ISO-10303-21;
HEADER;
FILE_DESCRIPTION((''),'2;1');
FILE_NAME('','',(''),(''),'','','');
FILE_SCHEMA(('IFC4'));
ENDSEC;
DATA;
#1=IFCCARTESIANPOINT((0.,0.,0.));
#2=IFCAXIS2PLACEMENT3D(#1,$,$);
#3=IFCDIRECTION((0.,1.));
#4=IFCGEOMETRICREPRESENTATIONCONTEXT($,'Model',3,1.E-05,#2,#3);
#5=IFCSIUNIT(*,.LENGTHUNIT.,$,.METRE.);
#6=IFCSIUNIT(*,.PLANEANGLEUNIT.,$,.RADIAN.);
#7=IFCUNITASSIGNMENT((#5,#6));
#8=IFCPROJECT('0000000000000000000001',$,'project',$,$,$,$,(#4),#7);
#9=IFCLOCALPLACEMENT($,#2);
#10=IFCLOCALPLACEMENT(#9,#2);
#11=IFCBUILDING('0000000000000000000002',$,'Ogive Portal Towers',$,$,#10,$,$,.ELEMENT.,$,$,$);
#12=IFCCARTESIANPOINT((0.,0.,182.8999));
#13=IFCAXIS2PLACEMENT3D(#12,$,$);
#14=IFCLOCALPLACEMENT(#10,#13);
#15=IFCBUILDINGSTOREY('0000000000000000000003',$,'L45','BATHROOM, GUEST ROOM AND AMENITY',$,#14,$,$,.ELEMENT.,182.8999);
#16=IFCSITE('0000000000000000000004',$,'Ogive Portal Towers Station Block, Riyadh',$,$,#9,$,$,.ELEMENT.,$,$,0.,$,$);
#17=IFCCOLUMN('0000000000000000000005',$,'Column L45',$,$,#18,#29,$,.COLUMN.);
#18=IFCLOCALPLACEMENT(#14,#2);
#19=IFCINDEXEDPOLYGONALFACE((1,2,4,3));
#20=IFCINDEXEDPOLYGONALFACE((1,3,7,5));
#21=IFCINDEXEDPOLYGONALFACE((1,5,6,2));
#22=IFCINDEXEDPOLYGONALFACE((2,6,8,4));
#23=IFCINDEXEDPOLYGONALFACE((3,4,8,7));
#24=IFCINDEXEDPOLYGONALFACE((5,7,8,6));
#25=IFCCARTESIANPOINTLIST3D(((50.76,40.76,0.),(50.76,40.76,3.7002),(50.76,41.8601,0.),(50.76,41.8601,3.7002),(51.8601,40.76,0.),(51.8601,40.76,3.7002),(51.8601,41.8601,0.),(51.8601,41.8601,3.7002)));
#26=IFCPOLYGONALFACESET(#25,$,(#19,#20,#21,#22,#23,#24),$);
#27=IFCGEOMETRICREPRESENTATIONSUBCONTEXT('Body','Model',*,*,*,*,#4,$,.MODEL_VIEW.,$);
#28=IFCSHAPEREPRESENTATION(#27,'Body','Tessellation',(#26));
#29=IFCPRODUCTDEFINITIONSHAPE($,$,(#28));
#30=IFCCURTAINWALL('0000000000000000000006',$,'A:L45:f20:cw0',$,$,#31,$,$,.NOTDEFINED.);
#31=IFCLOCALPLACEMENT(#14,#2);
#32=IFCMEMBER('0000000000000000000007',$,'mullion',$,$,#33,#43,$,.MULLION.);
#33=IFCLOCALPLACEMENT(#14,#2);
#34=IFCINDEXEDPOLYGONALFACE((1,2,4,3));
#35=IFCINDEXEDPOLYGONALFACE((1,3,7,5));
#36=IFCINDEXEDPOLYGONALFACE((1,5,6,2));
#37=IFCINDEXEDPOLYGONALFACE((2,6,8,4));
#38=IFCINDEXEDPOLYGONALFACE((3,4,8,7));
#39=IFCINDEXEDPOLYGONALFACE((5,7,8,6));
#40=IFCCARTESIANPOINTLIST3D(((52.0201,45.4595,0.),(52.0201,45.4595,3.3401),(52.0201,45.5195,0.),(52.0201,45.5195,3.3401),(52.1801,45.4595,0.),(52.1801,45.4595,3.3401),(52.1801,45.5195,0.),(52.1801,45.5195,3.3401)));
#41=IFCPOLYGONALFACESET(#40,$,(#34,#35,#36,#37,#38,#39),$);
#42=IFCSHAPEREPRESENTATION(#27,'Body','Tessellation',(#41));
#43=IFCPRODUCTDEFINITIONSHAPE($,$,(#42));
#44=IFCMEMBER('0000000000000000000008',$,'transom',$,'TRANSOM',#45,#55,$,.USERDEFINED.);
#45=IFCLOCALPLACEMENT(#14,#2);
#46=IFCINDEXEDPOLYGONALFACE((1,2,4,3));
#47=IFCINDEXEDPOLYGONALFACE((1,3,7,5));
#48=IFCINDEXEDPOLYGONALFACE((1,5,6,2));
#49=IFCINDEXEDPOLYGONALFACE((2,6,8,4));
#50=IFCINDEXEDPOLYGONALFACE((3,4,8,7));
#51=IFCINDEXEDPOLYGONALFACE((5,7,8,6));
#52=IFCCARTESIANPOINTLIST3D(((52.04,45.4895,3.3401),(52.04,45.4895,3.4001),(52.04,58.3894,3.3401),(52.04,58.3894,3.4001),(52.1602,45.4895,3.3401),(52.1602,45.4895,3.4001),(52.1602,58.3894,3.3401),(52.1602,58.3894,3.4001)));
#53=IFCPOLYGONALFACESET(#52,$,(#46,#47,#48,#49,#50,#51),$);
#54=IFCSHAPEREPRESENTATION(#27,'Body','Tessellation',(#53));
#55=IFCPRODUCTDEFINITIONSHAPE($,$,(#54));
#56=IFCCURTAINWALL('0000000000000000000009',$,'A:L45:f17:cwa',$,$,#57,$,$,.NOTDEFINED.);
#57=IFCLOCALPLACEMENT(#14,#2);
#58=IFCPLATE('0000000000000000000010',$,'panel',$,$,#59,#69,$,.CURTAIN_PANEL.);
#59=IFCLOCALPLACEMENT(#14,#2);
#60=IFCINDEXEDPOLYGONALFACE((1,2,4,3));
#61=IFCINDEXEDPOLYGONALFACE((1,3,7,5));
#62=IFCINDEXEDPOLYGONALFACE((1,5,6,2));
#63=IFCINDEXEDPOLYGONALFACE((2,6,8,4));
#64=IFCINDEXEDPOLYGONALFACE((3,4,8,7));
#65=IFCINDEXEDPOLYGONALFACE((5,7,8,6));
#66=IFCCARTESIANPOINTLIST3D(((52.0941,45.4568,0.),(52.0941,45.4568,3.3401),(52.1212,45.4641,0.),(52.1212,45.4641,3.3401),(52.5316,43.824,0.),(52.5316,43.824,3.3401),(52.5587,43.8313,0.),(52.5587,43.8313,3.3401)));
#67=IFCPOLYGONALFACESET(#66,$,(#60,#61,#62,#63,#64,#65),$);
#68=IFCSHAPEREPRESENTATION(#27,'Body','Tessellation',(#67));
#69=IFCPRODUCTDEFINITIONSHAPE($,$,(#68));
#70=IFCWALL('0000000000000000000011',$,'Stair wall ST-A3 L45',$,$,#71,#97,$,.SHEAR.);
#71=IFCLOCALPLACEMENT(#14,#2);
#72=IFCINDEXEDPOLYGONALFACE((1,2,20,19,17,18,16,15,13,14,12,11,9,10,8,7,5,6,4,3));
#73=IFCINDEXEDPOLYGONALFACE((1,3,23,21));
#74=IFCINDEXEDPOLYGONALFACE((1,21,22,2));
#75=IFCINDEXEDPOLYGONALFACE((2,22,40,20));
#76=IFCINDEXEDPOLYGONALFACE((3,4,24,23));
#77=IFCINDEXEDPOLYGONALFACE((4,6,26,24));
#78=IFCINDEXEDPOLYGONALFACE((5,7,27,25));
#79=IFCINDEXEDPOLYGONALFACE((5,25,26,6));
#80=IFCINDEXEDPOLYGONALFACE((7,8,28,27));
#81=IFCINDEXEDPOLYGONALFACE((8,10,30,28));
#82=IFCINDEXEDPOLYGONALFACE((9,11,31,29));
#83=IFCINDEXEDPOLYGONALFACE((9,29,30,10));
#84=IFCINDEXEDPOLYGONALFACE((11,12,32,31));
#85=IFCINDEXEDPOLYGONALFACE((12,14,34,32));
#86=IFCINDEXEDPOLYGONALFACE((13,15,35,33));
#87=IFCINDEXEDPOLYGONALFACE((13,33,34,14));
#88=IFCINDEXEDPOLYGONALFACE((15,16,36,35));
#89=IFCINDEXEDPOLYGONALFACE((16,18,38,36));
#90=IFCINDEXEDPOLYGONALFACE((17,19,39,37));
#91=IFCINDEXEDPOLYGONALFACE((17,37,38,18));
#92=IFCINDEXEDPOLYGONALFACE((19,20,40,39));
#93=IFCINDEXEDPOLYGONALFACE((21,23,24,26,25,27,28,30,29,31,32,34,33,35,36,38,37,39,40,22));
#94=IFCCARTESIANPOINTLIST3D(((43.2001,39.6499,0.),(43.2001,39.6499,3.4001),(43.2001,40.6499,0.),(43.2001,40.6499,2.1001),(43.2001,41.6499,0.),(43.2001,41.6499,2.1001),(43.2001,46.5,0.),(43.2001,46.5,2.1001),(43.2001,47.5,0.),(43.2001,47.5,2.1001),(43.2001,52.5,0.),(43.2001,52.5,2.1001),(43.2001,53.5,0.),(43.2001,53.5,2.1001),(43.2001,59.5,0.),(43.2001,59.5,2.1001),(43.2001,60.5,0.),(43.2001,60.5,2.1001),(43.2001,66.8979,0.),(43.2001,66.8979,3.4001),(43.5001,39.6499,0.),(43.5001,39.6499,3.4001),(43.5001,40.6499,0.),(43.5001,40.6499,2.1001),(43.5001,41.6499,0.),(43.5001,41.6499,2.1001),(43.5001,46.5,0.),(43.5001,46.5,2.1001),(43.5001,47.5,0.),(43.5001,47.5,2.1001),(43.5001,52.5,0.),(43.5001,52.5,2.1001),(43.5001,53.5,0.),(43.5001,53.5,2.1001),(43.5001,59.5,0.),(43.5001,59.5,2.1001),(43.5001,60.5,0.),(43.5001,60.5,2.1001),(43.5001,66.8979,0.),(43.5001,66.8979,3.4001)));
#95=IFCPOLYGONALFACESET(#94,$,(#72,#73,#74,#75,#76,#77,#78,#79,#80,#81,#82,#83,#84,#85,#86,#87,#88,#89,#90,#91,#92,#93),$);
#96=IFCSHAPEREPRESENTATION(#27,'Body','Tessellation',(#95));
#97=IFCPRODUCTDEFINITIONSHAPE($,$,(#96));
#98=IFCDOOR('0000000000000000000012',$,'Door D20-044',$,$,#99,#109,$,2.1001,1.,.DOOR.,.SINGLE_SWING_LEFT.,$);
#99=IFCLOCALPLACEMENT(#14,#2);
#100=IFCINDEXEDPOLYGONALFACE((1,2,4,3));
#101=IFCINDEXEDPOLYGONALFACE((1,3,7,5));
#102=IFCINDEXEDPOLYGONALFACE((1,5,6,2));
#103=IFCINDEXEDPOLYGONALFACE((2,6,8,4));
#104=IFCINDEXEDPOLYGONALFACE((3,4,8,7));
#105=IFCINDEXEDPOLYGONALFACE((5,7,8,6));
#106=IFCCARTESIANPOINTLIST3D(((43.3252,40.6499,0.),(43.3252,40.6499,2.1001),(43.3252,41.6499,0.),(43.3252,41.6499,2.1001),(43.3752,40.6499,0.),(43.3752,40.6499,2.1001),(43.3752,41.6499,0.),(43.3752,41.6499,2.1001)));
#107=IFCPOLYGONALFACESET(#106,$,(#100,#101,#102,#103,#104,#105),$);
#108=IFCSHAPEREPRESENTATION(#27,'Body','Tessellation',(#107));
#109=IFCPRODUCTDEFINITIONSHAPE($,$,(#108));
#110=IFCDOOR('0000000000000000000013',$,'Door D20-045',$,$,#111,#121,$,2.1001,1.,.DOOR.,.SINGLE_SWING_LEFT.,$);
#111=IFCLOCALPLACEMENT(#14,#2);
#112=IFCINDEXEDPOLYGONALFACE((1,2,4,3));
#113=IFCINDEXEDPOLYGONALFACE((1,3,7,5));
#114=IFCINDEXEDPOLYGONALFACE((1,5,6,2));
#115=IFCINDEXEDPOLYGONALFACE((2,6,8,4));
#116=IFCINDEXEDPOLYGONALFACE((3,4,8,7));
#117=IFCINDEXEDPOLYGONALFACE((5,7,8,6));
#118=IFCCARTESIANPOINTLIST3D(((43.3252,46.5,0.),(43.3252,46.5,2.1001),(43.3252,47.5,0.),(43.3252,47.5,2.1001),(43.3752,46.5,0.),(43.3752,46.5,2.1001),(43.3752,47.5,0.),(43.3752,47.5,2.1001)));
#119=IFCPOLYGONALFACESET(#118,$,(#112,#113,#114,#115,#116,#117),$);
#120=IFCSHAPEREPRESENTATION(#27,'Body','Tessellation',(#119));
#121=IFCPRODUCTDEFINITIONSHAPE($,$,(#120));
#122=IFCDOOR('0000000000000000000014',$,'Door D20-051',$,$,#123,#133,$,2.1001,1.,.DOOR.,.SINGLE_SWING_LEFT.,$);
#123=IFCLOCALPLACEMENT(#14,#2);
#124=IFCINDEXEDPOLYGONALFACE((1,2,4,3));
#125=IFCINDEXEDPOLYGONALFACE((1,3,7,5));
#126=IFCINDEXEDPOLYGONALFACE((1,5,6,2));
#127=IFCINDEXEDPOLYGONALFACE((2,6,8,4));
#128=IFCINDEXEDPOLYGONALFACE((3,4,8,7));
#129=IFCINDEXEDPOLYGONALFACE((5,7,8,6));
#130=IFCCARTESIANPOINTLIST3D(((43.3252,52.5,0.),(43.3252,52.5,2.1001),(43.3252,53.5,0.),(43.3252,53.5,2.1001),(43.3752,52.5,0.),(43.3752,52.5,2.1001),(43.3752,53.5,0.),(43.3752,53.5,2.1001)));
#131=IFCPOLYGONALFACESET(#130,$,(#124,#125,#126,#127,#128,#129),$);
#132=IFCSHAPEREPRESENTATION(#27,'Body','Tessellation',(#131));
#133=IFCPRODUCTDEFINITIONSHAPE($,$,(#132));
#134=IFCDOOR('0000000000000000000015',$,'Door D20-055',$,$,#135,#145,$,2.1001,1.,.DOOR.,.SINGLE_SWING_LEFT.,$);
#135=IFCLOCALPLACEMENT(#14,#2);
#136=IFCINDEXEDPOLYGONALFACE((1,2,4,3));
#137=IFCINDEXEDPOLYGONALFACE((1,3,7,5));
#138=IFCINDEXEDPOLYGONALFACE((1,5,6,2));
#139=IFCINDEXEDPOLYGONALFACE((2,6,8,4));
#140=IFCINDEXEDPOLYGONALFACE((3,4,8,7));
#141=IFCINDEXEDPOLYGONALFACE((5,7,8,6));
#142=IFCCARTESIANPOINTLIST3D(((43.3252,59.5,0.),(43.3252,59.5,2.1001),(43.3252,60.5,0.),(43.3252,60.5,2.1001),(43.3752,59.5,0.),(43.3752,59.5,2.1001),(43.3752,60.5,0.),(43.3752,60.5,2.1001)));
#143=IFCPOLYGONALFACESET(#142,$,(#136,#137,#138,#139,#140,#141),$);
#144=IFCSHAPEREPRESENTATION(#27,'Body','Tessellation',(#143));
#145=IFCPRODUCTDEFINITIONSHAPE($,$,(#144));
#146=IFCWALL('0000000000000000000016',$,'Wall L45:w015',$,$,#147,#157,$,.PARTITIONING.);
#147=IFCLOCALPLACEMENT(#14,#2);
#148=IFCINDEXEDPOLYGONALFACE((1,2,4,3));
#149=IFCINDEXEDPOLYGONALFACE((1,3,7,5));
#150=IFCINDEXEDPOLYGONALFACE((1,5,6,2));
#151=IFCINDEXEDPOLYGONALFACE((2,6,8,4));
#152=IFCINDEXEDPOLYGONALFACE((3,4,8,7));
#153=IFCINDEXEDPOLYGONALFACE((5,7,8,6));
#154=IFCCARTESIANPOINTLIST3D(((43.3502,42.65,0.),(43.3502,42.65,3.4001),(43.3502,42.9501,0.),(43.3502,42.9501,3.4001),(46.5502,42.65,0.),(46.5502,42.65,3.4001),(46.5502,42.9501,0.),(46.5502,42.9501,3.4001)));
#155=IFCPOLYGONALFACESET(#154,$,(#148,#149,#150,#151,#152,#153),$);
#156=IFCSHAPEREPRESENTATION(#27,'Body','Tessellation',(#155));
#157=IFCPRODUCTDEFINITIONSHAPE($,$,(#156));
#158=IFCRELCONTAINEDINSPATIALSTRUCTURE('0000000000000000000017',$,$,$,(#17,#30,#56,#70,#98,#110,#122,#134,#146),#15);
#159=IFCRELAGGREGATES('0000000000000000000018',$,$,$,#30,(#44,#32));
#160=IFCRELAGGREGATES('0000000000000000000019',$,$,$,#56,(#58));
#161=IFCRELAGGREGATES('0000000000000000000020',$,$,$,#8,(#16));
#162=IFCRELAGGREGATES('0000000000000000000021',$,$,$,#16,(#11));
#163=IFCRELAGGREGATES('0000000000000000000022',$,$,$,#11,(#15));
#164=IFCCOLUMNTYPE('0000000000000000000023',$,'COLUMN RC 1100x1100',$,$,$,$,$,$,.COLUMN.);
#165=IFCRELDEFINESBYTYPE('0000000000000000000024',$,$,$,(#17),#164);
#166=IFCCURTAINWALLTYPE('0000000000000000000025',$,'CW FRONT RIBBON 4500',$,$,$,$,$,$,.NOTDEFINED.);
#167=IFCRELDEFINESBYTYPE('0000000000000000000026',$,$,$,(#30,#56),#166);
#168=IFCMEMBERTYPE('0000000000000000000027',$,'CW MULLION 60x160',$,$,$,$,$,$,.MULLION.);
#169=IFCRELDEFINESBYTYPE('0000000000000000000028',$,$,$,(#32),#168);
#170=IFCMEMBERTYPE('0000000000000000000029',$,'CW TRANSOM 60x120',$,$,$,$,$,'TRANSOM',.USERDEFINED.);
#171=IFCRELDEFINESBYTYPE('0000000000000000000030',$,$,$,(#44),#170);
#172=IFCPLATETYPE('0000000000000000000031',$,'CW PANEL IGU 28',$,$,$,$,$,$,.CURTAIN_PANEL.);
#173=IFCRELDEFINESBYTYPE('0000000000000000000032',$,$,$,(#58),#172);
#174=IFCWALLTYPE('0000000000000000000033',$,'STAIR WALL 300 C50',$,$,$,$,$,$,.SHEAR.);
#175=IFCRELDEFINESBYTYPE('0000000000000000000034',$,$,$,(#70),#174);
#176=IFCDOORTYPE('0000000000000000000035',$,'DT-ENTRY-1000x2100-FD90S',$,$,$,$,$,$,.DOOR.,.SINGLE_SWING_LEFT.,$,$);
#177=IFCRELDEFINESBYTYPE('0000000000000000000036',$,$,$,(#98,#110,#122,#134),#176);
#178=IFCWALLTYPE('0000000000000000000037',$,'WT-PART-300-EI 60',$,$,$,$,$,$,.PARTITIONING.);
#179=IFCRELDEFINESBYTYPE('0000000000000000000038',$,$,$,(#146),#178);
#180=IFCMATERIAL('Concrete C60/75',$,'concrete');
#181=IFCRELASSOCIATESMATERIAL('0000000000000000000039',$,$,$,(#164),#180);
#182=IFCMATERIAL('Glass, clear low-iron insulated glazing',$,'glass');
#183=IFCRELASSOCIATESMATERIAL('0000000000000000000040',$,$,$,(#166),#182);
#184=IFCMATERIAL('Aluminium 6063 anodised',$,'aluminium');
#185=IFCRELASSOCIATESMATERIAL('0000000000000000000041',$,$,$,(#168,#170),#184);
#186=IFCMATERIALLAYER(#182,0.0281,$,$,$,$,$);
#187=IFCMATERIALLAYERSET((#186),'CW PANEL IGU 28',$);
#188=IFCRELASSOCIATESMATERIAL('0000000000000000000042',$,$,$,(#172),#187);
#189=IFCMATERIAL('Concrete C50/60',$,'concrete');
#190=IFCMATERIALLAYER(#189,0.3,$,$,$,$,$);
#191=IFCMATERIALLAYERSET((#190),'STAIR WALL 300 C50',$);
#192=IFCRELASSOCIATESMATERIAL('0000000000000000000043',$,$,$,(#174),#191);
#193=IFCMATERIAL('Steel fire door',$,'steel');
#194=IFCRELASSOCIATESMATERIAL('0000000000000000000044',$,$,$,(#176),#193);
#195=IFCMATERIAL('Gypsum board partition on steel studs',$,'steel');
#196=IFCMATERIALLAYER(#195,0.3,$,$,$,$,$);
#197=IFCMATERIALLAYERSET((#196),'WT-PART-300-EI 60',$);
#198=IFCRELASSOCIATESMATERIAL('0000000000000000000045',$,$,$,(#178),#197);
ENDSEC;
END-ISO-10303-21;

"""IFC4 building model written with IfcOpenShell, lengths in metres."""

from ifc_helpers import new_model, si_unit, direction, frame, frame_2d, origin, origin_2d, place, context, subcontext, project, spatial, rectangle, extrude, material, layer, layer_set, material_profile, profile_set, type_object, element, fill, aggregate, save


model = new_model("IFC4")

# Units and contexts
model_context = context("Model", 3, precision=1e-05, world=origin(), true_north=direction((0.0, 1.0)))
body_context = subcontext(model_context, "Body", "Model", "MODEL_VIEW")
ifc_project = project(units=[si_unit("LENGTHUNIT", "METRE"), si_unit("PLANEANGLEUNIT", "RADIAN")], contexts=[model_context])

# Site, building, storey
site_placement = place(None, origin())
site = spatial("IfcSite", under=ifc_project, at=site_placement, Name="Ogive Portal Towers Station Block, Riyadh", CompositionType="ELEMENT", RefElevation=0.0)
building_placement = place(site_placement, origin())
building = spatial("IfcBuilding", under=site, at=building_placement, Name="Ogive Portal Towers", CompositionType="ELEMENT")
storey_placement = place(building_placement, frame((0.0, 0.0, 182.8999)))
storey = spatial("IfcBuildingStorey", under=building, at=storey_placement, Name="L45", Description="BATHROOM, GUEST ROOM AND AMENITY", CompositionType="ELEMENT", Elevation=182.8999)

# Column
ifc_material_1 = material(Name="Concrete C60/75", Category="concrete")
ifc_material_profile_1 = material_profile(ifc_material_1, rectangle(XDim=1.1001, YDim=1.1001, at=origin_2d()), Name="RC 1100x1100")
ifc_profile_set_1 = profile_set([ifc_material_profile_1], Name="Concrete C60/75")
column_type = type_object("IfcColumnType", Name="COLUMN RC 1100x1100", PredefinedType="COLUMN", material=ifc_profile_set_1)
column_placement = place(storey_placement, frame((51.3101, 41.3101, 0.0), z_axis=(0.0, 0.0, 1.0), x_axis=(1.0, 0.0, 0.0)))
element("IfcColumn", 1, at=column_placement, inside=storey, type_object=column_type, Name="Column L45", PredefinedType="COLUMN", context=body_context, shape_type="SweptSolid", body=[
    extrude(rectangle(XDim=1.1001, YDim=1.1001, at=origin_2d()), origin(), (0.0, 0.0, 1.0), 3.7002),
])

# Curtain wall, members
ifc_material_2 = material(Name="Glass, clear low-iron insulated glazing", Category="glass")
curtain_wall_type = type_object("IfcCurtainWallType", Name="CW FRONT RIBBON 4500", PredefinedType="NOTDEFINED", material=ifc_material_2)
curtain_wall_1_placement = place(storey_placement, origin())
curtain_wall_1 = element("IfcCurtainWall", 2, at=curtain_wall_1_placement, inside=storey, type_object=curtain_wall_type, Name="A:L45:f20:cw0", PredefinedType="NOTDEFINED")
ifc_material_3 = material(Name="Aluminium 6063 anodised", Category="aluminium")
ifc_material_profile_2 = material_profile(ifc_material_3, rectangle(XDim=0.1599, YDim=0.0601, at=origin_2d()), Name="AL 60x160")
ifc_profile_set_2 = profile_set([ifc_material_profile_2], Name="Aluminium 6063 anodised")
member_type_1 = type_object("IfcMemberType", Name="CW MULLION 60x160", PredefinedType="MULLION", material=ifc_profile_set_2)
member_1_placement = place(storey_placement, frame((52.1001, 45.4895, 0.0), z_axis=(0.0, 0.0, 1.0), x_axis=(-1.0, 0.0, 0.0)))
member_1 = element("IfcMember", 3, at=member_1_placement, type_object=member_type_1, Name="mullion", PredefinedType="MULLION", context=body_context, shape_type="SweptSolid", body=[
    extrude(rectangle(XDim=0.1599, YDim=0.0601, at=origin_2d()), origin(), (0.0, 0.0, 1.0), 3.3401),
])
ifc_material_profile_3 = material_profile(ifc_material_3, rectangle(XDim=0.1201, YDim=0.0601, at=origin_2d()), Name="AL 120x60")
ifc_profile_set_3 = profile_set([ifc_material_profile_3], Name="Aluminium 6063 anodised")
member_type_2 = type_object("IfcMemberType", Name="CW TRANSOM 60x120", ElementType="TRANSOM", PredefinedType="USERDEFINED", material=ifc_profile_set_3)
member_2_placement = place(storey_placement, frame((52.1001, 45.4895, 3.3701), z_axis=(0.0, 1.0, 0.0), x_axis=(-1.0, 0.0, 0.0)))
member_2 = element("IfcMember", 4, at=member_2_placement, type_object=member_type_2, Name="transom", ObjectType="TRANSOM", PredefinedType="USERDEFINED", context=body_context, shape_type="SweptSolid", body=[
    extrude(rectangle(XDim=0.1201, YDim=0.0601, at=origin_2d()), origin(), (0.0, 0.0, 1.0), 12.8999),
])
aggregate(curtain_wall_1, [member_2, member_1])

# Curtain wall, plate
curtain_wall_2_placement = place(storey_placement, origin())
curtain_wall_2 = element("IfcCurtainWall", 5, at=curtain_wall_2_placement, inside=storey, type_object=curtain_wall_type, Name="A:L45:f17:cwa", PredefinedType="NOTDEFINED")
ifc_layer_1 = layer(ifc_material_2, 0.0281)
ifc_layer_set_1 = layer_set([ifc_layer_1], Name="CW PANEL IGU 28")
plate_type = type_object("IfcPlateType", Name="CW PANEL IGU 28", PredefinedType="CURTAIN_PANEL", material=ifc_layer_set_1)
plate_placement = place(storey_placement, frame((52.3264, 44.644, 0.0), z_axis=(0.0, 0.0, 1.0), x_axis=(-0.258819, 0.965926, 0.0)))
plate = element("IfcPlate", 6, at=plate_placement, type_object=plate_type, Name="panel", PredefinedType="CURTAIN_PANEL", context=body_context, shape_type="SweptSolid", body=[
    extrude(rectangle(XDim=1.6904, YDim=0.0281, at=origin_2d()), origin(), (0.0, 0.0, 1.0), 3.3401),
])
aggregate(curtain_wall_2, [plate])

# Wall, openings, doors
ifc_material_4 = material(Name="Steel fire door", Category="steel")
ifc_material_5 = material(Name="Concrete C50/60", Category="concrete")
ifc_layer_2 = layer(ifc_material_5, 0.3)
ifc_layer_set_2 = layer_set([ifc_layer_2], Name="STAIR WALL 300 C50")
wall_type_1 = type_object("IfcWallType", Name="STAIR WALL 300 C50", PredefinedType="SHEAR", material=ifc_layer_set_2)
wall_1_placement = place(storey_placement, frame((43.3501, 39.6499, 0.0), z_axis=(0.0, 0.0, 1.0), x_axis=(0.0, 1.0, 0.0)))
wall_1 = element("IfcWall", 7, at=wall_1_placement, inside=storey, type_object=wall_type_1, Name="Stair wall ST-A3 L45", PredefinedType="SHEAR", context=body_context, shape_type="SweptSolid", body=[
    extrude(rectangle(XDim=27.248, YDim=0.3, at=frame_2d((13.624, 0.0))), origin(), (0.0, 0.0, 1.0), 3.4001),
])
opening_1_placement = place(wall_1_placement, frame((1.0, 0.0, 0.0)))
opening_1 = element("IfcOpeningElement", 8, at=opening_1_placement, cuts=wall_1, PredefinedType="OPENING", context=body_context, shape_type="SweptSolid", body=[
    extrude(rectangle(XDim=1.0, YDim=2.1001, at=frame_2d((0.5, 1.05))), frame((0.0, 0.1602, 0.0), z_axis=(0.0, -1.0, 0.0), x_axis=(1.0, 0.0, 0.0)), (0.0, 0.0, 1.0), 0.3201),
])
opening_2_placement = place(wall_1_placement, frame((6.8501, 0.0, 0.0)))
opening_2 = element("IfcOpeningElement", 9, at=opening_2_placement, cuts=wall_1, PredefinedType="OPENING", context=body_context, shape_type="SweptSolid", body=[
    extrude(rectangle(XDim=1.0, YDim=2.1001, at=frame_2d((0.5, 1.05))), frame((0.0, 0.1602, 0.0), z_axis=(0.0, -1.0, 0.0), x_axis=(1.0, 0.0, 0.0)), (0.0, 0.0, 1.0), 0.3201),
])
opening_3_placement = place(wall_1_placement, frame((12.8501, 0.0, 0.0)))
opening_3 = element("IfcOpeningElement", 10, at=opening_3_placement, cuts=wall_1, PredefinedType="OPENING", context=body_context, shape_type="SweptSolid", body=[
    extrude(rectangle(XDim=1.0, YDim=2.1001, at=frame_2d((0.5, 1.05))), frame((0.0, 0.1602, 0.0), z_axis=(0.0, -1.0, 0.0), x_axis=(1.0, 0.0, 0.0)), (0.0, 0.0, 1.0), 0.3201),
])
opening_4_placement = place(wall_1_placement, frame((19.8501, 0.0, 0.0)))
opening_4 = element("IfcOpeningElement", 11, at=opening_4_placement, cuts=wall_1, PredefinedType="OPENING", context=body_context, shape_type="SweptSolid", body=[
    extrude(rectangle(XDim=1.0, YDim=2.1001, at=frame_2d((0.5, 1.05))), frame((0.0, 0.1602, 0.0), z_axis=(0.0, -1.0, 0.0), x_axis=(1.0, 0.0, 0.0)), (0.0, 0.0, 1.0), 0.3201),
])
door_type_1 = type_object("IfcDoorType", Name="DT-ENTRY-1000x2100-FD90S", OperationType="SINGLE_SWING_LEFT", PredefinedType="DOOR", material=ifc_material_4)
door_1_placement = place(opening_1_placement, origin())
door_1 = element("IfcDoor", 12, at=door_1_placement, inside=storey, type_object=door_type_1, Name="Door D20-044", OperationType="SINGLE_SWING_LEFT", OverallHeight=2.1001, OverallWidth=1.0, PredefinedType="DOOR", context=body_context, shape_type="SweptSolid", body=[
    extrude(rectangle(XDim=1.0, YDim=2.1001, at=frame_2d((0.5, 1.05))), frame((0.0, 0.0249, 0.0), z_axis=(0.0, -1.0, 0.0), x_axis=(1.0, 0.0, 0.0)), (0.0, 0.0, 1.0), 0.05),
])
fill(opening_1, door_1)
door_2_placement = place(opening_2_placement, origin())
door_2 = element("IfcDoor", 13, at=door_2_placement, inside=storey, type_object=door_type_1, Name="Door D20-045", OperationType="SINGLE_SWING_LEFT", OverallHeight=2.1001, OverallWidth=1.0, PredefinedType="DOOR", context=body_context, shape_type="SweptSolid", body=[
    extrude(rectangle(XDim=1.0, YDim=2.1001, at=frame_2d((0.5, 1.05))), frame((0.0, 0.0249, 0.0), z_axis=(0.0, -1.0, 0.0), x_axis=(1.0, 0.0, 0.0)), (0.0, 0.0, 1.0), 0.05),
])
fill(opening_2, door_2)
door_3_placement = place(opening_3_placement, origin())
door_3 = element("IfcDoor", 14, at=door_3_placement, inside=storey, type_object=door_type_1, Name="Door D20-051", OperationType="SINGLE_SWING_LEFT", OverallHeight=2.1001, OverallWidth=1.0, PredefinedType="DOOR", context=body_context, shape_type="SweptSolid", body=[
    extrude(rectangle(XDim=1.0, YDim=2.1001, at=frame_2d((0.5, 1.05))), frame((0.0, 0.0249, 0.0), z_axis=(0.0, -1.0, 0.0), x_axis=(1.0, 0.0, 0.0)), (0.0, 0.0, 1.0), 0.05),
])
fill(opening_3, door_3)
door_4_placement = place(opening_4_placement, origin())
door_4 = element("IfcDoor", 15, at=door_4_placement, inside=storey, type_object=door_type_1, Name="Door D20-055", OperationType="SINGLE_SWING_LEFT", OverallHeight=2.1001, OverallWidth=1.0, PredefinedType="DOOR", context=body_context, shape_type="SweptSolid", body=[
    extrude(rectangle(XDim=1.0, YDim=2.1001, at=frame_2d((0.5, 1.05))), frame((0.0, 0.0249, 0.0), z_axis=(0.0, -1.0, 0.0), x_axis=(1.0, 0.0, 0.0)), (0.0, 0.0, 1.0), 0.05),
])
fill(opening_4, door_4)

# Wall
ifc_material_6 = material(Name="Gypsum board partition on steel studs", Category="steel")
ifc_layer_3 = layer(ifc_material_6, 0.3)
ifc_layer_set_3 = layer_set([ifc_layer_3], Name="WT-PART-300-EI 60")
wall_type_2 = type_object("IfcWallType", Name="WT-PART-300-EI 60", PredefinedType="PARTITIONING", material=ifc_layer_set_3)
wall_2_placement = place(storey_placement, frame((43.3501, 42.8, 0.0), z_axis=(0.0, 0.0, 1.0), x_axis=(1.0, 0.0, 0.0)))
element("IfcWall", 16, at=wall_2_placement, inside=storey, type_object=wall_type_2, Name="Wall L45:w015", PredefinedType="PARTITIONING", context=body_context, shape_type="SweptSolid", body=[
    extrude(rectangle(XDim=3.2, YDim=0.3, at=frame_2d((1.6001, 0.0))), origin(), (0.0, 0.0, 1.0), 3.4001),
])

save(model, "model.ifc")
